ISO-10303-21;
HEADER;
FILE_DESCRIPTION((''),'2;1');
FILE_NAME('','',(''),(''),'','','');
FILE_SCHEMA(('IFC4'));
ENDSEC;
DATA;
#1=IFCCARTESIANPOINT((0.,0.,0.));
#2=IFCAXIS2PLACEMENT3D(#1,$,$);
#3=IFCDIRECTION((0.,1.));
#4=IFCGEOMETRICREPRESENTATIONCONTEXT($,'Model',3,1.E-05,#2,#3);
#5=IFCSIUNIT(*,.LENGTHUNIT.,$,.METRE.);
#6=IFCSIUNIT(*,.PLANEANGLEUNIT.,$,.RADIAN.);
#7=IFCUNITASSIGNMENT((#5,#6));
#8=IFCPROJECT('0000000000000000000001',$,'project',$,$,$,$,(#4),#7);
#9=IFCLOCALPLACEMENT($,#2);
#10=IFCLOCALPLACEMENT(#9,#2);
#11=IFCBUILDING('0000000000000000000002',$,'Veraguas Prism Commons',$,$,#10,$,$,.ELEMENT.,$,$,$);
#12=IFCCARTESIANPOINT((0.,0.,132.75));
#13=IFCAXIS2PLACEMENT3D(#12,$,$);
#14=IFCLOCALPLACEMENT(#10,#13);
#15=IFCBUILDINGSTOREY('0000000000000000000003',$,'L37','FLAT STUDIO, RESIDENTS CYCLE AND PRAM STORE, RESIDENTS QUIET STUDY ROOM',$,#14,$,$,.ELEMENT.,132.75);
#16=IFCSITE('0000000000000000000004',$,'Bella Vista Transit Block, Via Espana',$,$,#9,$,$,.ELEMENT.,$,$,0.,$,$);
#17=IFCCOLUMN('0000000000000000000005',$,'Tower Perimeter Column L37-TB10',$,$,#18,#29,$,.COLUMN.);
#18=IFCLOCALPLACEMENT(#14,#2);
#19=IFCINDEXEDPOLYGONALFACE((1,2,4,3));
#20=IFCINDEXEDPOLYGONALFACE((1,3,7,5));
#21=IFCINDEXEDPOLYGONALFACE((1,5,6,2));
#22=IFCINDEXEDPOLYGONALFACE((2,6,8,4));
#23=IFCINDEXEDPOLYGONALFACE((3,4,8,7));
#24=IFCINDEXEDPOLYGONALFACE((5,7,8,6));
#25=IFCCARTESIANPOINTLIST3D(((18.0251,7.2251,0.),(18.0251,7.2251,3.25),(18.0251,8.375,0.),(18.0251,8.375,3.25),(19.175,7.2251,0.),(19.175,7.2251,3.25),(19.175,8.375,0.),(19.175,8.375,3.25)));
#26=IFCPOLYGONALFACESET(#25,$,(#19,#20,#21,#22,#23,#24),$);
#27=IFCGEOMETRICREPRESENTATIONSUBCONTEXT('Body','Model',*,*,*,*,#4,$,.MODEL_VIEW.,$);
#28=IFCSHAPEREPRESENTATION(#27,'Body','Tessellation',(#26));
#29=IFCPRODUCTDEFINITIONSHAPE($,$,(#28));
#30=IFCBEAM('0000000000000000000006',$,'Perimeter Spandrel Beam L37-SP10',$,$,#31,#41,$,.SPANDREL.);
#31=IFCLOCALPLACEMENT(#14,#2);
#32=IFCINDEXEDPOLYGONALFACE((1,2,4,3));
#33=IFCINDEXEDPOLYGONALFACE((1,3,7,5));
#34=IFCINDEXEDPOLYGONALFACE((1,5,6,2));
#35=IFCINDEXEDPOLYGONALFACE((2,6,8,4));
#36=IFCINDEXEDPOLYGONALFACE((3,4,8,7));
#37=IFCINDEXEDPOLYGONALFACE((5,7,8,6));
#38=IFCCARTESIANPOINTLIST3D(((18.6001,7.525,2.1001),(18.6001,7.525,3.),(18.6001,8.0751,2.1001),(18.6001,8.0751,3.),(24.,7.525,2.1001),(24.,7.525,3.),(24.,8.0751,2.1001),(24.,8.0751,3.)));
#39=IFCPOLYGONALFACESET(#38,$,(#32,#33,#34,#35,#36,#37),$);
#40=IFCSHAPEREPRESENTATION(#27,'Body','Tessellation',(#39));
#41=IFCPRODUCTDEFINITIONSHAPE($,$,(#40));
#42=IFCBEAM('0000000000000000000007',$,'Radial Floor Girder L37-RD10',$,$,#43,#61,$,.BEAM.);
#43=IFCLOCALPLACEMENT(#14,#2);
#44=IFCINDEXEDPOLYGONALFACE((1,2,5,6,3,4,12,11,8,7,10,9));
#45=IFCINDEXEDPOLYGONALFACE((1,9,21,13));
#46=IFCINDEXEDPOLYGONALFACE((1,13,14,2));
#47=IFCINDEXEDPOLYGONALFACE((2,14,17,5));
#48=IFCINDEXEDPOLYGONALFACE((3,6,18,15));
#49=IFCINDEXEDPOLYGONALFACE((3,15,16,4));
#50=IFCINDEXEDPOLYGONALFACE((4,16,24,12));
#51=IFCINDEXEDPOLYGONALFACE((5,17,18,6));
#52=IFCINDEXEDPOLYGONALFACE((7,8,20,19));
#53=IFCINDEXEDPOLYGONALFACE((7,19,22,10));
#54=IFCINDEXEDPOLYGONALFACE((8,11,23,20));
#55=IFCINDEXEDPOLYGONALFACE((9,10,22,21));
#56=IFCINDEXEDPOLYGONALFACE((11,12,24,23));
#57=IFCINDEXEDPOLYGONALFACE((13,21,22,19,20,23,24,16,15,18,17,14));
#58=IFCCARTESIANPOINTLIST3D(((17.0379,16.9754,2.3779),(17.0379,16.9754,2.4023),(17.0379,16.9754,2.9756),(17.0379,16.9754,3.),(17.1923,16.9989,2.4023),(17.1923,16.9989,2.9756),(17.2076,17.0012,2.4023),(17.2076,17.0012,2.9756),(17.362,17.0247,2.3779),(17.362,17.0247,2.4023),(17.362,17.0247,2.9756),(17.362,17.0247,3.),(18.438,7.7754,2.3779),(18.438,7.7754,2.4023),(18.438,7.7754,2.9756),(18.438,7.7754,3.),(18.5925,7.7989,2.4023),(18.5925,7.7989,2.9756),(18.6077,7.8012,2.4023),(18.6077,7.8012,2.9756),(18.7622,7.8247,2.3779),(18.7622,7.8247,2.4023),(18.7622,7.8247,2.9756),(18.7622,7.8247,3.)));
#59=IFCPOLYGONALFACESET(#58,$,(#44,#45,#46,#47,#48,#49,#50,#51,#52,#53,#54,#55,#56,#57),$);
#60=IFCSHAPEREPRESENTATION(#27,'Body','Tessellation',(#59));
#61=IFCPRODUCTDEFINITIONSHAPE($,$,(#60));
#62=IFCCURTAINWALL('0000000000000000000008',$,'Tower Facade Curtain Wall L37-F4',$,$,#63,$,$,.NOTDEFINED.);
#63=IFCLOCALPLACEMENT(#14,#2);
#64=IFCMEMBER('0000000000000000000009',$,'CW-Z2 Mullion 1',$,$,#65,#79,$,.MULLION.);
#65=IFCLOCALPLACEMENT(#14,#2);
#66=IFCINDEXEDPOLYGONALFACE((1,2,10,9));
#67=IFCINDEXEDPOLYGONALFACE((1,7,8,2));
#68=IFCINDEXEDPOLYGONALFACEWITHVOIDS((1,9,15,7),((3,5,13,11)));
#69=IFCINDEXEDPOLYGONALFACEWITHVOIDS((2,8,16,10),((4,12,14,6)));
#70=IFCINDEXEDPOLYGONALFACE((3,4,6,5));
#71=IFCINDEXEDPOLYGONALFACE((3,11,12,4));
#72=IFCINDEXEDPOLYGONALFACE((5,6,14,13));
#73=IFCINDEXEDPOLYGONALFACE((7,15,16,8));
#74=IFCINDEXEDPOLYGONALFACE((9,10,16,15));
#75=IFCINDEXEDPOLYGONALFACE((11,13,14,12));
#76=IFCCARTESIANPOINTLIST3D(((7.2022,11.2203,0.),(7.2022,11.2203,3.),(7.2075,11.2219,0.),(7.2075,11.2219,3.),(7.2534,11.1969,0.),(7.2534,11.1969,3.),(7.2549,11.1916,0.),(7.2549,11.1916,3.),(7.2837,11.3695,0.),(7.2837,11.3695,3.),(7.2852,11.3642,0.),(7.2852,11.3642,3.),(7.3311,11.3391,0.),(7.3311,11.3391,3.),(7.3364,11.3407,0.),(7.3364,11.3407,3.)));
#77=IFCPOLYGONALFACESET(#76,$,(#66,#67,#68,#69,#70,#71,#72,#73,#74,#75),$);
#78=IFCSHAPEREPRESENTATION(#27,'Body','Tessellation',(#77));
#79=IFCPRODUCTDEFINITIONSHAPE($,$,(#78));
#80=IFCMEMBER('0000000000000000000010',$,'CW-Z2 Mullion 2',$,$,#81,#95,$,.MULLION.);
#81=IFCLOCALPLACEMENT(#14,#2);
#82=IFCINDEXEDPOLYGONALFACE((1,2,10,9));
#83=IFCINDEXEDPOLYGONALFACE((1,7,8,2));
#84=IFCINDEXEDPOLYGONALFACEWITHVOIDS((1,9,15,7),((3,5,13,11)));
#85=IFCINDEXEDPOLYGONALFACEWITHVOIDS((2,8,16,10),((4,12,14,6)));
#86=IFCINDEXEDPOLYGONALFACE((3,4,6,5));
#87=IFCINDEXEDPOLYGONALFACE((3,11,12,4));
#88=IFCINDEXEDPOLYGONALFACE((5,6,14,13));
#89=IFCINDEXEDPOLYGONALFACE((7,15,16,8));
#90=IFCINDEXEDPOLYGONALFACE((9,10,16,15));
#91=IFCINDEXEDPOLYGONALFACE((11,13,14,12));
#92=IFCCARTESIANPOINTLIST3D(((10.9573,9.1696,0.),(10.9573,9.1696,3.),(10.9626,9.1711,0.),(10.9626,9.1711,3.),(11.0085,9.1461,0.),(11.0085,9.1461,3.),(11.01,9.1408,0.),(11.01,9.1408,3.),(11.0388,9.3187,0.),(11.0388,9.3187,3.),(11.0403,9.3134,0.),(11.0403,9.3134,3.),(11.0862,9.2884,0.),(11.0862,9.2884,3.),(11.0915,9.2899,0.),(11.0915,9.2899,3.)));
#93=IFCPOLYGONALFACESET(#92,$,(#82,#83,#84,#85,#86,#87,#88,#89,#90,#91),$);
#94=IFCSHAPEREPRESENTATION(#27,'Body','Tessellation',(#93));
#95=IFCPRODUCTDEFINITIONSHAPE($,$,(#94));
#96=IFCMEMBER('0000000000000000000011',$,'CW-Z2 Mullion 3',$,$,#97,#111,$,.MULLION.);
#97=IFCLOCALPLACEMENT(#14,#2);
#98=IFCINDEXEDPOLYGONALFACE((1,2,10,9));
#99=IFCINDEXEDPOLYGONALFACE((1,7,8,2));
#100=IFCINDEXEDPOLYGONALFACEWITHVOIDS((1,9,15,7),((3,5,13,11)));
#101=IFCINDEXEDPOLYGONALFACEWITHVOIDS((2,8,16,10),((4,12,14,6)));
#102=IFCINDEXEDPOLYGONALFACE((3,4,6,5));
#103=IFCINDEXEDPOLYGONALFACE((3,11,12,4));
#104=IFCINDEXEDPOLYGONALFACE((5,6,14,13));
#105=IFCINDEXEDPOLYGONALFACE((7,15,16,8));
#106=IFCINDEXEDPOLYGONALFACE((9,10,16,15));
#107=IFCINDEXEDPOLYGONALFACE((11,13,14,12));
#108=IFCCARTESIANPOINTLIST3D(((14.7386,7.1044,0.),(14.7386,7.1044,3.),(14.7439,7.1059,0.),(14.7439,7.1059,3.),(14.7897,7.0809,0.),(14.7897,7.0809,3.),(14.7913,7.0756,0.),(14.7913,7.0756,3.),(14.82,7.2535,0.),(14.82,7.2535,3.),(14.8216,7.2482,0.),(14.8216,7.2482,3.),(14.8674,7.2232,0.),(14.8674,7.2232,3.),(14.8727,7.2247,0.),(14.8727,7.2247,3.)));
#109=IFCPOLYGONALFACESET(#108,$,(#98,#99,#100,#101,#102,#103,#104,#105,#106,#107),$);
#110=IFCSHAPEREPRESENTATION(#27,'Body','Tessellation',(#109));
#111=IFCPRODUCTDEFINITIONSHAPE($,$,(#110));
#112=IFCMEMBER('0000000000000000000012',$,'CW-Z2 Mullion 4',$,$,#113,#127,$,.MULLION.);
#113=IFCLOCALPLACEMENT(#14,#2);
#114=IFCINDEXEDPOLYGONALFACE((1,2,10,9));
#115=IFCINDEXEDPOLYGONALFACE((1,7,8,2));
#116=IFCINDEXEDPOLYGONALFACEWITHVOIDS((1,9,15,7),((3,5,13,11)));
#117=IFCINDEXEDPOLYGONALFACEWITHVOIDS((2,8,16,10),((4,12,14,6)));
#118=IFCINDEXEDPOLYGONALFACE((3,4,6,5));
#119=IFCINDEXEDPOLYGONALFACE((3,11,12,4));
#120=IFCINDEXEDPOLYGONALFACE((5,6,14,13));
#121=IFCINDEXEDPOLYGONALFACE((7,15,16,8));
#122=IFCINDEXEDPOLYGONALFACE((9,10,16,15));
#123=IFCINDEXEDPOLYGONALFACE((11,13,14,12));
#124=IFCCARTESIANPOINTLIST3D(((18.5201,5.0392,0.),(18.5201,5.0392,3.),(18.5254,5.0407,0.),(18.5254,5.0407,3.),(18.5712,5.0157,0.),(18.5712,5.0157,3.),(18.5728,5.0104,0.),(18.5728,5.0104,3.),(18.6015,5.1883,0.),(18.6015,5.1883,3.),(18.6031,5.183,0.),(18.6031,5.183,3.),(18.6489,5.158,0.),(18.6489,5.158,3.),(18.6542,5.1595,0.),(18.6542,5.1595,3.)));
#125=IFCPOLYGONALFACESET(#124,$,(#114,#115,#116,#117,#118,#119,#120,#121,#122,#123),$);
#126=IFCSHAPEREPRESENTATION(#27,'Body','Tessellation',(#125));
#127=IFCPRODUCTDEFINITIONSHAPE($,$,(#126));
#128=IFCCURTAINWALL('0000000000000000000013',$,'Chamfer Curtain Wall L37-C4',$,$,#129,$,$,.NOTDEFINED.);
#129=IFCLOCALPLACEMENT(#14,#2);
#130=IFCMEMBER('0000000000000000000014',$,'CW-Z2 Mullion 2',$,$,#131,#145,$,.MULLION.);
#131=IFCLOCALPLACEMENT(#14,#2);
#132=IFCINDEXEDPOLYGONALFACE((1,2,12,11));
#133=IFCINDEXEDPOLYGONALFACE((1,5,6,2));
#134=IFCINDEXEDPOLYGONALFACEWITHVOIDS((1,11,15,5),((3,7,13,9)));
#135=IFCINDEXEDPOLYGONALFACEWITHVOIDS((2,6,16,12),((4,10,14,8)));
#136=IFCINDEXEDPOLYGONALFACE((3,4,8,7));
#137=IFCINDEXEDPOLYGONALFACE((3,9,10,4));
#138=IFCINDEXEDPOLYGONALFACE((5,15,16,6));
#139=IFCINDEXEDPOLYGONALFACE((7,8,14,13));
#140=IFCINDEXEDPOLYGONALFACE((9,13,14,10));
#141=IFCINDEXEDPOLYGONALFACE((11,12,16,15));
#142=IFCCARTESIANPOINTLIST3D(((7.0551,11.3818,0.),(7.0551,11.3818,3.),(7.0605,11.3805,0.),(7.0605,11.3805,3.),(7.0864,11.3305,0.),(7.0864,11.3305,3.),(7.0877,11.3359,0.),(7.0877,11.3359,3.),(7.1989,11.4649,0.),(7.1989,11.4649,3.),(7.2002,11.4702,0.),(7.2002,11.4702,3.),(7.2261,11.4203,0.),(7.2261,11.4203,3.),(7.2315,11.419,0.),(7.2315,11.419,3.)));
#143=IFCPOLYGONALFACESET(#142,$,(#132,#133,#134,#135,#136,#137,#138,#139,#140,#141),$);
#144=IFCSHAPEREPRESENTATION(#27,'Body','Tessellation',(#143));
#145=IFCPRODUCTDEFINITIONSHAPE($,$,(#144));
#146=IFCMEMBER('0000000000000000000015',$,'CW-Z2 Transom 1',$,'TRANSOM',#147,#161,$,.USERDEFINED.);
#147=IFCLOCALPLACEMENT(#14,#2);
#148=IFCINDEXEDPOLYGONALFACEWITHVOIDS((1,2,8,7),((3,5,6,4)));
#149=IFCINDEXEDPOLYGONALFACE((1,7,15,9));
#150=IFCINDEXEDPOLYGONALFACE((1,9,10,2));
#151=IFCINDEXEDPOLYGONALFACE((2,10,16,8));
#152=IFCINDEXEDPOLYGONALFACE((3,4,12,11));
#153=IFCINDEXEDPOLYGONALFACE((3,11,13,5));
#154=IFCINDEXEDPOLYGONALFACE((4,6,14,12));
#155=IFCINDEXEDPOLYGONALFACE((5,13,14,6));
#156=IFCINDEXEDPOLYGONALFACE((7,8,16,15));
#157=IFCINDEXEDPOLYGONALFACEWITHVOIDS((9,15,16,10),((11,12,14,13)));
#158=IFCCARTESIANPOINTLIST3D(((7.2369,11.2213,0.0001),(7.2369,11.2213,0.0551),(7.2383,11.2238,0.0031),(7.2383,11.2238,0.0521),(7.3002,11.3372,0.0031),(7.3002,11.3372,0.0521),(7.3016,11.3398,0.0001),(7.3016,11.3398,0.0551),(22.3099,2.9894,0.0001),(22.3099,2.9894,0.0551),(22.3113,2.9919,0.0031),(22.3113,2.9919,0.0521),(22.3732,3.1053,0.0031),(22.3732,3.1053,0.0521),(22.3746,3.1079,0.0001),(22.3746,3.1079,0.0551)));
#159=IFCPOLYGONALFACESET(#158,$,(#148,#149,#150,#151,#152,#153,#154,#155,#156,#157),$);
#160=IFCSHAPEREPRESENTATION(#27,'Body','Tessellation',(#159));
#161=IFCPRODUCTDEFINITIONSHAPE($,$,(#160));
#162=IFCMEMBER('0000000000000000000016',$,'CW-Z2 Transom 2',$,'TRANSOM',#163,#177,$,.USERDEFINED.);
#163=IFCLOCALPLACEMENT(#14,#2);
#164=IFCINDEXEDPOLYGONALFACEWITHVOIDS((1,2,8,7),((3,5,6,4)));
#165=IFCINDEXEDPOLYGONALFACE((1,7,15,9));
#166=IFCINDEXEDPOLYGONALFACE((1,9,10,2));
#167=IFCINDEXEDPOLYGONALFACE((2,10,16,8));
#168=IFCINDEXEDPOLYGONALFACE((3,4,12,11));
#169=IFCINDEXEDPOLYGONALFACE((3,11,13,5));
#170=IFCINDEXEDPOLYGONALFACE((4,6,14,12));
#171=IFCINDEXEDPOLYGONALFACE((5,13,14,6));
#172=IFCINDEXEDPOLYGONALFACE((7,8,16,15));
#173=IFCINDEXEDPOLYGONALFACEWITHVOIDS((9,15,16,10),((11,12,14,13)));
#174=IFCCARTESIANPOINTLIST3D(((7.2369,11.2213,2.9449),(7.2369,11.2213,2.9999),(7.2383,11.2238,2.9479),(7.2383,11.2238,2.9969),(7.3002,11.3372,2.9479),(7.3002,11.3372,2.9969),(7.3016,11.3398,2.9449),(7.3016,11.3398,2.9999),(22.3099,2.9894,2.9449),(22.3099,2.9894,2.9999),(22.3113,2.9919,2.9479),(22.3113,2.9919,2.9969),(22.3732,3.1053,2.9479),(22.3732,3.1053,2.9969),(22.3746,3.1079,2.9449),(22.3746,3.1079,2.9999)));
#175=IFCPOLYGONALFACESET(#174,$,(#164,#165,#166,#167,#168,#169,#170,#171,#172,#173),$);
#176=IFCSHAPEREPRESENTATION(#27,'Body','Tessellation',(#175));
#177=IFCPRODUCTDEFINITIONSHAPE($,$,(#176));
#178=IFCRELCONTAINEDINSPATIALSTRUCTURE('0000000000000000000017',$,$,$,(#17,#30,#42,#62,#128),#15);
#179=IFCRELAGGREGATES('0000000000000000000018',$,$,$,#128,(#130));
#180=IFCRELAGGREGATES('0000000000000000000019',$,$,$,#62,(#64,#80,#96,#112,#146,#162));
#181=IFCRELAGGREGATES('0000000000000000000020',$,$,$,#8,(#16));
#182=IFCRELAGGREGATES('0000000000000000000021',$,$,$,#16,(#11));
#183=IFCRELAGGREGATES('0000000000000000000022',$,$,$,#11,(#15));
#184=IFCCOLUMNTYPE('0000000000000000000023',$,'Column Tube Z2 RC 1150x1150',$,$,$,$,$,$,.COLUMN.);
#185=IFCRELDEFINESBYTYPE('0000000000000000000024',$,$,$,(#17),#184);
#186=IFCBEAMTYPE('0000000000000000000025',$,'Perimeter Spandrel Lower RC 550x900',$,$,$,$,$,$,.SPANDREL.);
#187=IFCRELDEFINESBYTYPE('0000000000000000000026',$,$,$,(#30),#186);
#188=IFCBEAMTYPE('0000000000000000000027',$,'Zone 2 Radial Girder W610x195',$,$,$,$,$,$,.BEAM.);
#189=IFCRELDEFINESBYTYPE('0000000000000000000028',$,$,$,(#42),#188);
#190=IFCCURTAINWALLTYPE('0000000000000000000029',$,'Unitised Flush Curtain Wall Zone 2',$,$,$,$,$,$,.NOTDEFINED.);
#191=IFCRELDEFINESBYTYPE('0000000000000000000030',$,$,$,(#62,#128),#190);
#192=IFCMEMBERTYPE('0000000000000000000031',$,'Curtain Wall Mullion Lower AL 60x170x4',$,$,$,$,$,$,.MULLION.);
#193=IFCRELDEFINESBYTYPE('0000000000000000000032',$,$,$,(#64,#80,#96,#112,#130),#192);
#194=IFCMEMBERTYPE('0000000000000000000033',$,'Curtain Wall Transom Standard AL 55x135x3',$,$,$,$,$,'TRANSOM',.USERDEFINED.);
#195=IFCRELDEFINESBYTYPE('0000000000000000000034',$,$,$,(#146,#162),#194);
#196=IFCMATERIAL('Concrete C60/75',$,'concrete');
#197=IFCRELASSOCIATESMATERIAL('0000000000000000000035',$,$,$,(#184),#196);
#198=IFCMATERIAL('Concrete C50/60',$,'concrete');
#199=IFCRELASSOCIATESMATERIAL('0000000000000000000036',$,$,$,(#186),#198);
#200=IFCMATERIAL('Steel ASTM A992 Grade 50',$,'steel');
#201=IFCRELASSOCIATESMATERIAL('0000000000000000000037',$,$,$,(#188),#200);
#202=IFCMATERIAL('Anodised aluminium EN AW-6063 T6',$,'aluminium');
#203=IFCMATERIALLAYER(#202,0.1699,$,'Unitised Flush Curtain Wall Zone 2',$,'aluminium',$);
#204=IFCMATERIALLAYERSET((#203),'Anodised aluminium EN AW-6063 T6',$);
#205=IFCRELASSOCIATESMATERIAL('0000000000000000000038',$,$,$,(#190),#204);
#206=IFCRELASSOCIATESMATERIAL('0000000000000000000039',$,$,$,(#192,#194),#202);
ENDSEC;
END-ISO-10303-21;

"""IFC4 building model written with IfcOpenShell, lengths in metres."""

from ifc_helpers import new_model, si_unit, direction, frame, origin, origin_2d, place, context, subcontext, project, spatial, rectangle, hollow_rectangle, i_section, extrude, source, transform, mapped, material, layer, layer_set, material_profile, profile_set, type_object, element, aggregate, save


model = new_model("IFC4")

# Units and contexts
model_context = context("Model", 3, precision=1e-05, world=origin(), true_north=direction((0.0, 1.0)))
body_context = subcontext(model_context, "Body", "Model", "MODEL_VIEW")
ifc_project = project(units=[si_unit("LENGTHUNIT", "METRE"), si_unit("PLANEANGLEUNIT", "RADIAN")], contexts=[model_context])

# Site, building, storey
site_placement = place(None, origin())
site = spatial("IfcSite", under=ifc_project, at=site_placement, Name="Bella Vista Transit Block, Via Espana", CompositionType="ELEMENT", RefElevation=0.0)
building_placement = place(site_placement, origin())
building = spatial("IfcBuilding", under=site, at=building_placement, Name="Veraguas Prism Commons", CompositionType="ELEMENT")
storey_placement = place(building_placement, frame((0.0, 0.0, 132.75)))
storey = spatial("IfcBuildingStorey", under=building, at=storey_placement, Name="L37", Description="FLAT STUDIO, RESIDENTS CYCLE AND PRAM STORE, RESIDENTS QUIET STUDY ROOM", CompositionType="ELEMENT", Elevation=132.75)

# Column
ifc_material_1 = material(Name="Concrete C60/75", Category="concrete")
ifc_material_profile_1 = material_profile(ifc_material_1, rectangle(XDim=1.1499, YDim=1.1499, at=origin_2d()), Name="RC1150X1150")
ifc_profile_set_1 = profile_set([ifc_material_profile_1], Name="Concrete C60/75")
column_type = type_object("IfcColumnType", Name="Column Tube Z2 RC 1150x1150", PredefinedType="COLUMN", material=ifc_profile_set_1)
column_placement = place(storey_placement, frame((18.6001, 7.8, 0.0), z_axis=(0.0, 0.0, 1.0), x_axis=(1.0, 0.0, 0.0)))
element("IfcColumn", 1, at=column_placement, inside=storey, type_object=column_type, Name="Tower Perimeter Column L37-TB10", PredefinedType="COLUMN", context=body_context, shape_type="SweptSolid", body=[
    extrude(rectangle(XDim=1.1499, YDim=1.1499, at=origin_2d()), origin(), (0.0, 0.0, 1.0), 3.25),
])

# Beams
ifc_material_2 = material(Name="Concrete C50/60", Category="concrete")
ifc_material_profile_2 = material_profile(ifc_material_2, rectangle(XDim=0.55, YDim=0.8999, at=origin_2d()), Name="RC550X900")
ifc_profile_set_2 = profile_set([ifc_material_profile_2], Name="Concrete C50/60")
beam_type_1 = type_object("IfcBeamType", Name="Perimeter Spandrel Lower RC 550x900", PredefinedType="SPANDREL", material=ifc_profile_set_2)
beam_1_placement = place(storey_placement, frame((18.6001, 7.8, 2.55), z_axis=(1.0, 0.0, 0.0), x_axis=(0.0, 1.0, 0.0)))
element("IfcBeam", 2, at=beam_1_placement, inside=storey, type_object=beam_type_1, Name="Perimeter Spandrel Beam L37-SP10", PredefinedType="SPANDREL", context=body_context, shape_type="SweptSolid", body=[
    extrude(rectangle(XDim=0.55, YDim=0.8999, at=origin_2d()), origin(), (0.0, 0.0, 1.0), 5.3999),
])
ifc_material_3 = material(Name="Steel ASTM A992 Grade 50", Category="steel")
ifc_material_profile_3 = material_profile(ifc_material_3, i_section(OverallWidth=0.3279, OverallDepth=0.6221, WebThickness=0.0154, FlangeThickness=0.0244, at=origin_2d()), Name="W610X195")
ifc_profile_set_3 = profile_set([ifc_material_profile_3], Name="Steel ASTM A992 Grade 50")
beam_type_2 = type_object("IfcBeamType", Name="Zone 2 Radial Girder W610x195", PredefinedType="BEAM", material=ifc_profile_set_3)
beam_2_placement = place(storey_placement, frame((18.6001, 7.8, 2.689), z_axis=(-0.150458, 0.988616, 0.0), x_axis=(-0.988616, -0.150458, 0.0)))
element("IfcBeam", 3, at=beam_2_placement, inside=storey, type_object=beam_type_2, Name="Radial Floor Girder L37-RD10", PredefinedType="BEAM", context=body_context, shape_type="SweptSolid", body=[
    extrude(i_section(OverallWidth=0.3279, OverallDepth=0.6221, WebThickness=0.0154, FlangeThickness=0.0244, at=origin_2d()), origin(), (0.0, 0.0, 1.0), 9.3059),
])

# Curtain wall, members
ifc_material_4 = material(Name="Anodised aluminium EN AW-6063 T6", Category="aluminium")
ifc_layer_1 = layer(ifc_material_4, 0.1699, Name="Unitised Flush Curtain Wall Zone 2", Category="aluminium")
ifc_layer_set_1 = layer_set([ifc_layer_1], Name="Anodised aluminium EN AW-6063 T6")
curtain_wall_type = type_object("IfcCurtainWallType", Name="Unitised Flush Curtain Wall Zone 2", PredefinedType="NOTDEFINED", material=ifc_layer_set_1)
curtain_wall_1_placement = place(storey_placement, origin())
curtain_wall_1 = element("IfcCurtainWall", 4, at=curtain_wall_1_placement, inside=storey, type_object=curtain_wall_type, Name="Tower Facade Curtain Wall L37-F4", PredefinedType="NOTDEFINED")
ifc_material_profile_4 = material_profile(ifc_material_4, hollow_rectangle(XDim=0.0601, YDim=0.1699, WallThickness=0.0039, at=origin_2d()), Name="AL60X170X4")
ifc_profile_set_4 = profile_set([ifc_material_profile_4], Name="Anodised aluminium EN AW-6063 T6")
member_type_1 = type_object("IfcMemberType", Name="Curtain Wall Mullion Lower AL 60x170x4", PredefinedType="MULLION", material=ifc_profile_set_4)
shared_shape_1 = source(origin(), body_context, "Body", "SweptSolid", [
    extrude(hollow_rectangle(XDim=0.0601, YDim=0.1699, WallThickness=0.0039, at=origin_2d()), origin(), (0.0, 0.0, 1.0), 3.0),
])
member_1_placement = place(storey_placement, frame((7.2693, 11.2805, 0.0), z_axis=(0.0, 0.0, 1.0), x_axis=(0.877649, -0.479305, 0.0)))
member_1 = element("IfcMember", 5, at=member_1_placement, type_object=member_type_1, Name="CW-Z2 Mullion 1", PredefinedType="MULLION", context=body_context, shape_type="MappedRepresentation", body=[
    mapped(shared_shape_1, transform((0.0, 0.0, 0.0), scale=1.0)),
])
member_2_placement = place(storey_placement, frame((11.0244, 9.2297, 0.0), z_axis=(0.0, 0.0, 1.0), x_axis=(0.877649, -0.479305, 0.0)))
member_2 = element("IfcMember", 6, at=member_2_placement, type_object=member_type_1, Name="CW-Z2 Mullion 2", PredefinedType="MULLION", context=body_context, shape_type="MappedRepresentation", body=[
    mapped(shared_shape_1, transform((0.0, 0.0, 0.0), scale=1.0)),
])
member_3_placement = place(storey_placement, frame((14.8057, 7.1646, 0.0), z_axis=(0.0, 0.0, 1.0), x_axis=(0.877649, -0.479305, 0.0)))
member_3 = element("IfcMember", 7, at=member_3_placement, type_object=member_type_1, Name="CW-Z2 Mullion 3", PredefinedType="MULLION", context=body_context, shape_type="MappedRepresentation", body=[
    mapped(shared_shape_1, transform((0.0, 0.0, 0.0), scale=1.0)),
])
member_4_placement = place(storey_placement, frame((18.5872, 5.0994, 0.0), z_axis=(0.0, 0.0, 1.0), x_axis=(0.877649, -0.479305, 0.0)))
member_4 = element("IfcMember", 8, at=member_4_placement, type_object=member_type_1, Name="CW-Z2 Mullion 4", PredefinedType="MULLION", context=body_context, shape_type="MappedRepresentation", body=[
    mapped(shared_shape_1, transform((0.0, 0.0, 0.0), scale=1.0)),
])

# Curtain wall, member
curtain_wall_2_placement = place(storey_placement, origin())
curtain_wall_2 = element("IfcCurtainWall", 9, at=curtain_wall_2_placement, inside=storey, type_object=curtain_wall_type, Name="Chamfer Curtain Wall L37-C4", PredefinedType="NOTDEFINED")
member_5_placement = place(storey_placement, frame((7.1433, 11.4004, 0.0), z_axis=(0.0, 0.0, 1.0), x_axis=(0.520409, -0.853917, 0.0)))
member_5 = element("IfcMember", 10, at=member_5_placement, type_object=member_type_1, Name="CW-Z2 Mullion 2", PredefinedType="MULLION", context=body_context, shape_type="MappedRepresentation", body=[
    mapped(shared_shape_1, transform((0.0, 0.0, 0.0), scale=1.0)),
])
aggregate(curtain_wall_2, [member_5])

# Members
ifc_material_profile_5 = material_profile(ifc_material_4, hollow_rectangle(XDim=0.0549, YDim=0.135, WallThickness=0.0029, at=origin_2d()), Name="AL55X135X3")
ifc_profile_set_5 = profile_set([ifc_material_profile_5], Name="Anodised aluminium EN AW-6063 T6")
member_type_2 = type_object("IfcMemberType", Name="Curtain Wall Transom Standard AL 55x135x3", ElementType="TRANSOM", PredefinedType="USERDEFINED", material=ifc_profile_set_5)
shared_shape_2 = source(origin(), body_context, "Body", "SweptSolid", [
    extrude(hollow_rectangle(XDim=0.0549, YDim=0.135, WallThickness=0.0029, at=origin_2d()), origin(), (0.0, 0.0, 1.0), 17.1743),
])
member_6_placement = place(storey_placement, frame((7.2693, 11.2805, 0.0276), z_axis=(0.877643, -0.479314, 0.0), x_axis=(0.0, 0.0, 1.0)))
member_6 = element("IfcMember", 11, at=member_6_placement, type_object=member_type_2, Name="CW-Z2 Transom 1", ObjectType="TRANSOM", PredefinedType="USERDEFINED", context=body_context, shape_type="MappedRepresentation", body=[
    mapped(shared_shape_2, transform((0.0, 0.0, 0.0), scale=1.0)),
])
member_7_placement = place(storey_placement, frame((7.2693, 11.2805, 2.9724), z_axis=(0.877643, -0.479314, 0.0), x_axis=(0.0, 0.0, 1.0)))
member_7 = element("IfcMember", 12, at=member_7_placement, type_object=member_type_2, Name="CW-Z2 Transom 2", ObjectType="TRANSOM", PredefinedType="USERDEFINED", context=body_context, shape_type="MappedRepresentation", body=[
    mapped(shared_shape_2, transform((0.0, 0.0, 0.0), scale=1.0)),
])

aggregate(curtain_wall_1, [member_1, member_2, member_3, member_4, member_6, member_7])

save(model, "model.ifc")
